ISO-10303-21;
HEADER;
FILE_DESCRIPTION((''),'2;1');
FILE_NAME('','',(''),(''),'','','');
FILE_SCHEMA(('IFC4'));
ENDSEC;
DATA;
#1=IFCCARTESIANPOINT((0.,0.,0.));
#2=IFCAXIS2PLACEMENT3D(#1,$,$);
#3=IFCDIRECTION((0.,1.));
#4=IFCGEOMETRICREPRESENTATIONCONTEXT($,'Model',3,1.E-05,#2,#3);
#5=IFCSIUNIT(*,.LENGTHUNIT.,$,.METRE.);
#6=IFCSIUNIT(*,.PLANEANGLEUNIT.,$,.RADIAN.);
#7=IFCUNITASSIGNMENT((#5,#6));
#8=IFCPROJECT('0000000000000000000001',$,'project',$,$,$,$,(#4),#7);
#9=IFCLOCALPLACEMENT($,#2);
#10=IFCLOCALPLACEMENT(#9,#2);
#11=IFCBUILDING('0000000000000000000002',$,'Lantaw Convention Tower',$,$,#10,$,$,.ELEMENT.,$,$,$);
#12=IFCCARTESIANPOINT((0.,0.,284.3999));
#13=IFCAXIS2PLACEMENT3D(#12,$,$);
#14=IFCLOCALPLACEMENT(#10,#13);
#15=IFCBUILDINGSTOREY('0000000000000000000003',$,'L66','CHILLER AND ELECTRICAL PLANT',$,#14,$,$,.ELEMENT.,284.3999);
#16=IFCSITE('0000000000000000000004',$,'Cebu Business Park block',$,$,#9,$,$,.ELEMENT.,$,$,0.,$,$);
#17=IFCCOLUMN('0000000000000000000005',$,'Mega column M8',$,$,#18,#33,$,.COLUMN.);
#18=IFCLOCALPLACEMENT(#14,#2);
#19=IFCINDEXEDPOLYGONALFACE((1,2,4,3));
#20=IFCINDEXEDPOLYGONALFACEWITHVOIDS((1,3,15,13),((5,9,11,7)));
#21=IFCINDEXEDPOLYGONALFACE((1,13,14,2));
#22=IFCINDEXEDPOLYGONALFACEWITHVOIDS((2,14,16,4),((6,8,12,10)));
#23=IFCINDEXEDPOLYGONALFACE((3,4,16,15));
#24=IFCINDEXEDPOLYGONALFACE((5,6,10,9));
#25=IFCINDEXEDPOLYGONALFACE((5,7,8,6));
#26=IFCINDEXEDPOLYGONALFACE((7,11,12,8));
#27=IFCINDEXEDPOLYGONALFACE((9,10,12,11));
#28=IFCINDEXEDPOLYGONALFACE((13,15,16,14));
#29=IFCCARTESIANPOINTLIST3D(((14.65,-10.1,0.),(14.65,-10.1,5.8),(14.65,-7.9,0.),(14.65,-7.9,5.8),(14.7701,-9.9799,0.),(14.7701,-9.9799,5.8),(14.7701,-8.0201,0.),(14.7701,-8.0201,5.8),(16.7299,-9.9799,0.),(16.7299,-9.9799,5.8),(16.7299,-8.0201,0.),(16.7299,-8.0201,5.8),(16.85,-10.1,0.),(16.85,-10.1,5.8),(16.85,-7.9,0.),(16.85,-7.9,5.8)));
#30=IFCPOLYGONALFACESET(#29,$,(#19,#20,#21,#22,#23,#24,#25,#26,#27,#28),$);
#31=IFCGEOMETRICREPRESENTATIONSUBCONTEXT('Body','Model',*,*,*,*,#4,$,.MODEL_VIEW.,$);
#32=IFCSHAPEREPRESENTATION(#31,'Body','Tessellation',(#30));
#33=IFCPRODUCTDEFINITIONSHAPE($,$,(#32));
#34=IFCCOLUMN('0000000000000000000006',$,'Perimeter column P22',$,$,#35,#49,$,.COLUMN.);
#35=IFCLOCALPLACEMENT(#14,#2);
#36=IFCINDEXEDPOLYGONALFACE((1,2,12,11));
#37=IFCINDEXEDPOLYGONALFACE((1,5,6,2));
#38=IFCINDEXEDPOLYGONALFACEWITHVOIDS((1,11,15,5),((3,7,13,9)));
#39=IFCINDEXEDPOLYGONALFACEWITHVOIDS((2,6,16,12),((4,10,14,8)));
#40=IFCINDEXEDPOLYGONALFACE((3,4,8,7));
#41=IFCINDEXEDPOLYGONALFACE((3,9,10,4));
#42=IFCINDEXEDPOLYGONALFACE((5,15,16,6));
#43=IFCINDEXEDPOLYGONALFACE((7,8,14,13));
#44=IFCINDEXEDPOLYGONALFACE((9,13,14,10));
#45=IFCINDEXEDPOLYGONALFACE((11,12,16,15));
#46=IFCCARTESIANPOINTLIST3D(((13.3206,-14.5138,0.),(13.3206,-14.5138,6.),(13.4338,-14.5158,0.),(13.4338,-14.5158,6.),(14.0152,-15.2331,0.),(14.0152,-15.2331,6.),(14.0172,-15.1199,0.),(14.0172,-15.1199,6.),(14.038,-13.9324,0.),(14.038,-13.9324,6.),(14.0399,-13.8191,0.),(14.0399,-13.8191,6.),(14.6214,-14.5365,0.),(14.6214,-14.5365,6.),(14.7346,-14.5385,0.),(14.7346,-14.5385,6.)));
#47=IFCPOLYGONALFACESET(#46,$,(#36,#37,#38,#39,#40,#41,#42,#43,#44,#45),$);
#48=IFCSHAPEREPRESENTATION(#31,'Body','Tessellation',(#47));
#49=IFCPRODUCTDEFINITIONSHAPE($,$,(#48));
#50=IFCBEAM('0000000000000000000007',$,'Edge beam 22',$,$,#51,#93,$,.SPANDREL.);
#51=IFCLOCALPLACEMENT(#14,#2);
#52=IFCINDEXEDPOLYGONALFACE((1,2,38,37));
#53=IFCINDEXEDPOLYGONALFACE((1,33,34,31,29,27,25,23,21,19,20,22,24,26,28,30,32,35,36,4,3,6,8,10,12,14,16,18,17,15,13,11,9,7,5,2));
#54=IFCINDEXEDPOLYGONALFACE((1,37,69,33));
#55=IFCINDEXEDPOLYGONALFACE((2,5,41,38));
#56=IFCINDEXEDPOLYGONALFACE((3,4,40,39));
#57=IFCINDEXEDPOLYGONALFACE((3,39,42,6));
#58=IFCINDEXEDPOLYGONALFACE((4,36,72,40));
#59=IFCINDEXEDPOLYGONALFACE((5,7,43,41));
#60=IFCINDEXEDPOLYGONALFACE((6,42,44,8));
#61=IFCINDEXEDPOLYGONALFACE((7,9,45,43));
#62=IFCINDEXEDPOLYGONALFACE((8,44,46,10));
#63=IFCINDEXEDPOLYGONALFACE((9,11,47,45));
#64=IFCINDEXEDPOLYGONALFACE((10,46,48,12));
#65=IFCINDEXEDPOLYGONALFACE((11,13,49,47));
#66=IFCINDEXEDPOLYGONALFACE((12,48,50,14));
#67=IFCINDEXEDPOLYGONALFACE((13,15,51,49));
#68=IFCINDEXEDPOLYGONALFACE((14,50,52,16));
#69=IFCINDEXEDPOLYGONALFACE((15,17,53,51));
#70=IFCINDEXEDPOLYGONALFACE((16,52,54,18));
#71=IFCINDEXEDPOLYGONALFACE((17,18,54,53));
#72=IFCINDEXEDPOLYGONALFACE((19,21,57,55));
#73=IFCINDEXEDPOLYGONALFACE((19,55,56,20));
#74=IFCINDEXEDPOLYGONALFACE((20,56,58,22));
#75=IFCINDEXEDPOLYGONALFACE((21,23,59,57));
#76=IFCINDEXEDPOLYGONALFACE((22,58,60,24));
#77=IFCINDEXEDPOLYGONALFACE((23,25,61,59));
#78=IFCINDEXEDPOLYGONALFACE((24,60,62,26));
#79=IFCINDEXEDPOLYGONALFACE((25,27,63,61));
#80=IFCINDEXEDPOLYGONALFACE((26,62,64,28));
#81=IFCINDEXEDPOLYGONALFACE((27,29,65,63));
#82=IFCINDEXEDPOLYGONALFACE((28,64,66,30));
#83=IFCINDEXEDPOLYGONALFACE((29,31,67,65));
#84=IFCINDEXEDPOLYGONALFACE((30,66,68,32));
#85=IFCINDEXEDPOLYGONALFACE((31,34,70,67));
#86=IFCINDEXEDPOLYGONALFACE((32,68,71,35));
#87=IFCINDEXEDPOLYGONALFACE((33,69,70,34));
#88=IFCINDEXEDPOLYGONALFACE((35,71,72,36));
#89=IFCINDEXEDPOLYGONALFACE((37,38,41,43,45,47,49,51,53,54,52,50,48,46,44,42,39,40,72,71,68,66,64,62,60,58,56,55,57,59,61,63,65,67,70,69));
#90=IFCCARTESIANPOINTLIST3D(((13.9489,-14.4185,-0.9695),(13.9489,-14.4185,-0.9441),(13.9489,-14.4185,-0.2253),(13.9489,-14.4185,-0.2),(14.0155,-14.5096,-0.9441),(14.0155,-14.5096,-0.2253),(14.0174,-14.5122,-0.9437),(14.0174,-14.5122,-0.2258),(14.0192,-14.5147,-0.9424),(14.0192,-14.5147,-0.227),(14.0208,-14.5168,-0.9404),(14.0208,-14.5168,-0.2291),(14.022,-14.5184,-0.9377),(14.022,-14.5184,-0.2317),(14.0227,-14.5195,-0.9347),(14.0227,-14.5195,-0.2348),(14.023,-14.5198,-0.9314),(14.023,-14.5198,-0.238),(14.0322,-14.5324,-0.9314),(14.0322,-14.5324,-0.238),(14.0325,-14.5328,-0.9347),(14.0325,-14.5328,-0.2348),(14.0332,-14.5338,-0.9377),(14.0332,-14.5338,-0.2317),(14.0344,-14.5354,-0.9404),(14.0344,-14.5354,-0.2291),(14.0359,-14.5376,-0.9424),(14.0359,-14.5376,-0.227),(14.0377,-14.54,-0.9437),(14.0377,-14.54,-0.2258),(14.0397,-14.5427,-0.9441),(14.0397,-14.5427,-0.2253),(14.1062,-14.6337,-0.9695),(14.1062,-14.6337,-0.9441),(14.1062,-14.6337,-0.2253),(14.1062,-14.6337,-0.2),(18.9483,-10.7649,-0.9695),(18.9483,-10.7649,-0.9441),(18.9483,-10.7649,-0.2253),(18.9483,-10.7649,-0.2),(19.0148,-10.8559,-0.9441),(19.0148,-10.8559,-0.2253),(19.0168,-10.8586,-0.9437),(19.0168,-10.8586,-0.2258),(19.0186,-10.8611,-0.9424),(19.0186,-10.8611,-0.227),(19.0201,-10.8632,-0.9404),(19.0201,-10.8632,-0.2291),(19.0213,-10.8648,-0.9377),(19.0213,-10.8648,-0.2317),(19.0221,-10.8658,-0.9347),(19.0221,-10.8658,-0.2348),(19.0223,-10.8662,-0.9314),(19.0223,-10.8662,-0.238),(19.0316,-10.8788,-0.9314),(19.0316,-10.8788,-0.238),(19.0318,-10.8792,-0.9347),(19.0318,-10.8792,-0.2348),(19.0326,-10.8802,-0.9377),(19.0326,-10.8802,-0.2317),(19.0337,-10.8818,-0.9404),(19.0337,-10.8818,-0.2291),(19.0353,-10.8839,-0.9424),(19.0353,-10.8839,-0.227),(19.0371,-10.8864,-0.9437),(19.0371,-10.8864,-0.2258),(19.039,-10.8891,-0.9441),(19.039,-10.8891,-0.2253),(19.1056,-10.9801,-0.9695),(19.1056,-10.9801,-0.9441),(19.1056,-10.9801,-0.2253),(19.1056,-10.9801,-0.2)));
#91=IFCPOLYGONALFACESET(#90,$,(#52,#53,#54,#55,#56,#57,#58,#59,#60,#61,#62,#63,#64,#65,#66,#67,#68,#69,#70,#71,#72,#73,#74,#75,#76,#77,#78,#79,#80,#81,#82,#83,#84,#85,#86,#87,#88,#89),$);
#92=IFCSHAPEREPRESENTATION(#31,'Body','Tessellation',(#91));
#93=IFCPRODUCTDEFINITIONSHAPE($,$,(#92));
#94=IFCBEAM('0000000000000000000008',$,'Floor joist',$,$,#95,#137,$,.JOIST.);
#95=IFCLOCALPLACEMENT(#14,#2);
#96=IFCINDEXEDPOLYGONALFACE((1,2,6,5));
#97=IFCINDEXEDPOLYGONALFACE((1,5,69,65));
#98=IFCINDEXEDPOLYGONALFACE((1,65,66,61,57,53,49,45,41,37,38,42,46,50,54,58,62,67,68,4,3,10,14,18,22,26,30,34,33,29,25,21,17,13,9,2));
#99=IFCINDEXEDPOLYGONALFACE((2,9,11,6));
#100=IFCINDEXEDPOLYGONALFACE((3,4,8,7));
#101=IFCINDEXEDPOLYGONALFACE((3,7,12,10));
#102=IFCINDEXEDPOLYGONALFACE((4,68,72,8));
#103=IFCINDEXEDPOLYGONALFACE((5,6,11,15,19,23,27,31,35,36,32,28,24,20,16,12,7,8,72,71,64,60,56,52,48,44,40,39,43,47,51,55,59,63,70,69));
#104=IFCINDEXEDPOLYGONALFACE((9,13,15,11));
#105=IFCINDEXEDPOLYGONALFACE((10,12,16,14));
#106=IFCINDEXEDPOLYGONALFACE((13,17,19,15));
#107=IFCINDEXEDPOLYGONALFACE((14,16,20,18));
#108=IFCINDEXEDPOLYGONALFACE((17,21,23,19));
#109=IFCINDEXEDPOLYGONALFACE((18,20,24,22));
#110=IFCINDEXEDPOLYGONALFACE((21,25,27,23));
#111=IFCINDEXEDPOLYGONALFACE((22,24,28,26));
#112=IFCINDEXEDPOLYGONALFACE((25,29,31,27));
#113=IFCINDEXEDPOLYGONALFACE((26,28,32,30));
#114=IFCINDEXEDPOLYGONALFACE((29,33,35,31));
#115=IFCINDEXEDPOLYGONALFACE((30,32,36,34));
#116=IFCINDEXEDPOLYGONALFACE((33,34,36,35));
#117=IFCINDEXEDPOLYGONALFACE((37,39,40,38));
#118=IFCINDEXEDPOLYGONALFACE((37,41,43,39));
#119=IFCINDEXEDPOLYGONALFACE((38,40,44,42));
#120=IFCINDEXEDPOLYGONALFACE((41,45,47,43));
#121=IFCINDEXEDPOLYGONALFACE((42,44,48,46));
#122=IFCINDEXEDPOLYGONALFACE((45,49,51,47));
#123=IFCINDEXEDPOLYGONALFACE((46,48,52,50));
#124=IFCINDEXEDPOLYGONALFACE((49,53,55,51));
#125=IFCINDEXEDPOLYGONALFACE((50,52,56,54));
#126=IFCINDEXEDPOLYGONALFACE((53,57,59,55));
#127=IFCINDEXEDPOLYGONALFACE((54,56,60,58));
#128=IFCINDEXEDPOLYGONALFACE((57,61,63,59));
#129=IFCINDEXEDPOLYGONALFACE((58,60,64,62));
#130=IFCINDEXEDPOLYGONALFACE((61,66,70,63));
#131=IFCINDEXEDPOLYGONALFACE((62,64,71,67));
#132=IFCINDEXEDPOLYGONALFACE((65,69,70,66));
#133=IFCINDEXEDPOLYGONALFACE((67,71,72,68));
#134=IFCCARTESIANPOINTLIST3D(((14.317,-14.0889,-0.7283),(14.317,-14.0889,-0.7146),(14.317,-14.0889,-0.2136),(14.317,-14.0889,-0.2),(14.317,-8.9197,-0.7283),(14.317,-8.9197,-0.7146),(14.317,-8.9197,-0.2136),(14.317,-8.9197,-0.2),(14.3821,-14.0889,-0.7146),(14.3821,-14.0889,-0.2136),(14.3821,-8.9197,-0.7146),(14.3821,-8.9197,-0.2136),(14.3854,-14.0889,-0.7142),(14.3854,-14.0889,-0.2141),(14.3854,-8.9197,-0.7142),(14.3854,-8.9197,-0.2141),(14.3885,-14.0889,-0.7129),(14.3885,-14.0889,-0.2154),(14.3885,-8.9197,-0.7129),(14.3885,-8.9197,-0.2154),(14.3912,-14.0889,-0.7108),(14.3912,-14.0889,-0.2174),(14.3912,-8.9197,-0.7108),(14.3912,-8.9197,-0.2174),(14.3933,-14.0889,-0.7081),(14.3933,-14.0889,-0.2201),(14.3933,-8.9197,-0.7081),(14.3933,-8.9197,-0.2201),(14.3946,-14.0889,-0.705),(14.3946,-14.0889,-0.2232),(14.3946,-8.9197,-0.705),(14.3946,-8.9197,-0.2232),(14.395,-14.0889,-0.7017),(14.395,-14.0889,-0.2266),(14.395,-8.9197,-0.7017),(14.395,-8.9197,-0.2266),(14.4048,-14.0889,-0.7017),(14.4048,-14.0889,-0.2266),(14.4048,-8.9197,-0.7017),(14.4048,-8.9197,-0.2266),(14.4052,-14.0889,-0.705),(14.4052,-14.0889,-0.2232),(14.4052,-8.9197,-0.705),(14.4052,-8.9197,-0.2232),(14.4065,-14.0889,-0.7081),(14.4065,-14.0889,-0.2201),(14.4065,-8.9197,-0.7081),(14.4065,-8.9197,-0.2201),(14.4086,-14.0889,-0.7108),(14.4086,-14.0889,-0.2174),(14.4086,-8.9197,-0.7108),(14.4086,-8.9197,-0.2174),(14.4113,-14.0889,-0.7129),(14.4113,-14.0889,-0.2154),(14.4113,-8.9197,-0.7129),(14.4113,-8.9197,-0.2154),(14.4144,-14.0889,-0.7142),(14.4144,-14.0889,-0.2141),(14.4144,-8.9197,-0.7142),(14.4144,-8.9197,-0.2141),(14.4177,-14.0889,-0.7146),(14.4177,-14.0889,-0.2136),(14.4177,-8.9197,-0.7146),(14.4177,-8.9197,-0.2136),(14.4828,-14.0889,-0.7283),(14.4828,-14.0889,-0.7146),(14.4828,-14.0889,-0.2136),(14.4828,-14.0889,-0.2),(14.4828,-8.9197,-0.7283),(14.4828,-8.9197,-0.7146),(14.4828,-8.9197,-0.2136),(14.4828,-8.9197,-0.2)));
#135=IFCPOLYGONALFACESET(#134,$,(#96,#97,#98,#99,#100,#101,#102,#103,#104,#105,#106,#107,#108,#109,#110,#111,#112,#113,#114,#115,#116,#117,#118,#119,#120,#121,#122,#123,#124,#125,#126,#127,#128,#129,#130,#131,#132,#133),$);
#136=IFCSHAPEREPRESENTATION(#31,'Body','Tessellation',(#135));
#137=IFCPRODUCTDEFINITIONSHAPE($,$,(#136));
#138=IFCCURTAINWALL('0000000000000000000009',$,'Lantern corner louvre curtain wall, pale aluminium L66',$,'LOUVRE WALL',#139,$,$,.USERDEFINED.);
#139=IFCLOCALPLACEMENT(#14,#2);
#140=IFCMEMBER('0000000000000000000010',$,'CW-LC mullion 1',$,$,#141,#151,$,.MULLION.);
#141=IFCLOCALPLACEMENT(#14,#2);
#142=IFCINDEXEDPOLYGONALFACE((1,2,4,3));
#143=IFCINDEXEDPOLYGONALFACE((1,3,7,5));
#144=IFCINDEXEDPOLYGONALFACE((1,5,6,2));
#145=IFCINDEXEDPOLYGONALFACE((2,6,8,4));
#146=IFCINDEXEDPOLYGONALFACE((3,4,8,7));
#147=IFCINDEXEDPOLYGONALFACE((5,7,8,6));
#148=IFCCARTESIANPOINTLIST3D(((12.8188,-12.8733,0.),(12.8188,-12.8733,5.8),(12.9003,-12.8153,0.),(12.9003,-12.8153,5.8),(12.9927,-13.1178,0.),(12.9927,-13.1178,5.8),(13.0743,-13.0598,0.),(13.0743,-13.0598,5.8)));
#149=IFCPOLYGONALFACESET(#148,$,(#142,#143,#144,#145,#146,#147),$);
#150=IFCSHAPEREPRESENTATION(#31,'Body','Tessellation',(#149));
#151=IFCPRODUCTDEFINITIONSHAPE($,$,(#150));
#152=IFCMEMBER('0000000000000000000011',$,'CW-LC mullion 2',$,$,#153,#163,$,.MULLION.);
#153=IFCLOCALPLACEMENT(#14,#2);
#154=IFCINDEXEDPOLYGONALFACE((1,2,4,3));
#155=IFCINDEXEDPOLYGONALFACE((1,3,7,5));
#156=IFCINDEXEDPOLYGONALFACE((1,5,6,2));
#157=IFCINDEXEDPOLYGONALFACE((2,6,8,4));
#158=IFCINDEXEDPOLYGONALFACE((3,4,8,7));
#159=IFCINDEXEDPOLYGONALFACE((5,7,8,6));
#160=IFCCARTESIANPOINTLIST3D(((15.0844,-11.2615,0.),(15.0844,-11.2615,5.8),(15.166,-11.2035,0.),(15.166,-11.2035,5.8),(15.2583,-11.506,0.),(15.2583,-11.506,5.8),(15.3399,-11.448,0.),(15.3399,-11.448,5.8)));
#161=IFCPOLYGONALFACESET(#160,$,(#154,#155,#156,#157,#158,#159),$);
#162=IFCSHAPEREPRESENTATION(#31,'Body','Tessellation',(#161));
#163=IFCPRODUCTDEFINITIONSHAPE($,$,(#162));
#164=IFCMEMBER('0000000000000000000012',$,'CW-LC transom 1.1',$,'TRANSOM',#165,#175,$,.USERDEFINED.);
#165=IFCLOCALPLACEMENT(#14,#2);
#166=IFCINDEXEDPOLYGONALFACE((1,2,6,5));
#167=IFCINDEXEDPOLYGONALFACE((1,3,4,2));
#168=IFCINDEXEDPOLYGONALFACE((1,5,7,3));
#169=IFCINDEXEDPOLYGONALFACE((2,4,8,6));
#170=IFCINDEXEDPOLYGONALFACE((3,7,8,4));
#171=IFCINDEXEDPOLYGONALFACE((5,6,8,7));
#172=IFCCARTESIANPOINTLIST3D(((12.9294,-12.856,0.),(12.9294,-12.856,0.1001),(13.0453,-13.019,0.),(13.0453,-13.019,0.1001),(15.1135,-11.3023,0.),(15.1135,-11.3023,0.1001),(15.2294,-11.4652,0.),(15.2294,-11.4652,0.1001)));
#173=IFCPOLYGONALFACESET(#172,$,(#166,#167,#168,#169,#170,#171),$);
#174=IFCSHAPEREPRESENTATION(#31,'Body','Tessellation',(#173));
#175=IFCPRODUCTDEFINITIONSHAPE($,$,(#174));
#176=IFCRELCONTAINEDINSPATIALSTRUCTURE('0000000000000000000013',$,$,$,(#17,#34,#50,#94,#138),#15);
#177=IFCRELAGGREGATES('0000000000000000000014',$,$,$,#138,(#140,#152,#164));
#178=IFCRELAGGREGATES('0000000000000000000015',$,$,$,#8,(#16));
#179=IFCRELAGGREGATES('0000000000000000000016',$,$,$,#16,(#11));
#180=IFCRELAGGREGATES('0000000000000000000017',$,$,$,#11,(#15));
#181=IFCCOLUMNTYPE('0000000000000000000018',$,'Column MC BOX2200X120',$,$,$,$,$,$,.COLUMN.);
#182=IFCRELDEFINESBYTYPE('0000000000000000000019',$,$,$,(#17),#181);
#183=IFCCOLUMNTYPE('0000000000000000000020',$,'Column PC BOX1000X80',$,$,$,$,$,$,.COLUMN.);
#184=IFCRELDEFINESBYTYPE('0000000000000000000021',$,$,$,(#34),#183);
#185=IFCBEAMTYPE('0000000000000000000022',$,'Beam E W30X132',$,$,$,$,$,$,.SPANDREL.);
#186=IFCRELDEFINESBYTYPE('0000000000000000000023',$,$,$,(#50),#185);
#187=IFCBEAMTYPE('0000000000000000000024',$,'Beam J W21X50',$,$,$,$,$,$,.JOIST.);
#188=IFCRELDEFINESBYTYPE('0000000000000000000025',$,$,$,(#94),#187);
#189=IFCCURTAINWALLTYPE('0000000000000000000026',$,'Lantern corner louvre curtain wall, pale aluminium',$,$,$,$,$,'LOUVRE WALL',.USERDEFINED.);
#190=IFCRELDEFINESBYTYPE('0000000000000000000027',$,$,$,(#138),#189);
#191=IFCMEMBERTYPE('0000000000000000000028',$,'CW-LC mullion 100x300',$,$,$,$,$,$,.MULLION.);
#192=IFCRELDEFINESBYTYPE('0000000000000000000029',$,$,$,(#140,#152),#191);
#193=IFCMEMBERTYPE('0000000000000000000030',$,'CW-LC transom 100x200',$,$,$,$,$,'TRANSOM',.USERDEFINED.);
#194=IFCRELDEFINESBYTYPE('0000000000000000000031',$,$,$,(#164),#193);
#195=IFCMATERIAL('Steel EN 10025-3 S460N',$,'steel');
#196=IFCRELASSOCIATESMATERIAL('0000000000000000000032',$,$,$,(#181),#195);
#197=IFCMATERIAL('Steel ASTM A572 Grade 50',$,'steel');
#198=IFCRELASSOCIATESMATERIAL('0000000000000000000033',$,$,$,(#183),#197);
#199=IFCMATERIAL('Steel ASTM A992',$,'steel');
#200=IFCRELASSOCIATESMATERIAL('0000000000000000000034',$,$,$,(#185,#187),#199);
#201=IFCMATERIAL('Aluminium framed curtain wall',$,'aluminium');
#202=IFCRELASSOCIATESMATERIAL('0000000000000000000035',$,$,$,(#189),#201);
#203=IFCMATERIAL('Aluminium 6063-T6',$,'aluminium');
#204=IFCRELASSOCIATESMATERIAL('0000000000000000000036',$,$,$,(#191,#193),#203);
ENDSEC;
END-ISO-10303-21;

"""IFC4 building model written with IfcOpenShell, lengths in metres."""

from ifc_helpers import new_model, si_unit, direction, frame, origin, origin_2d, place, context, subcontext, project, spatial, rectangle, hollow_rectangle, i_section, extrude, material, material_profile, profile_set, type_object, element, aggregate, save


model = new_model("IFC4")

# Units and contexts
model_context = context("Model", 3, precision=1e-05, world=origin(), true_north=direction((0.0, 1.0)))
body_context = subcontext(model_context, "Body", "Model", "MODEL_VIEW")
ifc_project = project(units=[si_unit("LENGTHUNIT", "METRE"), si_unit("PLANEANGLEUNIT", "RADIAN")], contexts=[model_context])

# Site, building, storey
site_placement = place(None, origin())
site = spatial("IfcSite", under=ifc_project, at=site_placement, Name="Cebu Business Park block", CompositionType="ELEMENT", RefElevation=0.0)
building_placement = place(site_placement, origin())
building = spatial("IfcBuilding", under=site, at=building_placement, Name="Lantaw Convention Tower", CompositionType="ELEMENT")
storey_placement = place(building_placement, frame((0.0, 0.0, 284.3999)))
storey = spatial("IfcBuildingStorey", under=building, at=storey_placement, Name="L66", Description="CHILLER AND ELECTRICAL PLANT", CompositionType="ELEMENT", Elevation=284.3999)

# Columns
ifc_material_1 = material(Name="Steel EN 10025-3 S460N", Category="steel")
ifc_material_profile_1 = material_profile(ifc_material_1, hollow_rectangle(XDim=2.2, YDim=2.2, WallThickness=0.1201, at=origin_2d()), Name="BOX2200X120")
ifc_material_2 = material(Name="Concrete C60/75", Category="concrete")
ifc_material_profile_2 = material_profile(ifc_material_2, rectangle(XDim=1.96, YDim=1.96, at=origin_2d()), Name="Concrete fill of BOX2200X120")
ifc_profile_set_1 = profile_set([ifc_material_profile_1, ifc_material_profile_2], Name="Steel EN 10025-3 S460N")
column_type_1 = type_object("IfcColumnType", Name="Column MC BOX2200X120", PredefinedType="COLUMN", material=ifc_profile_set_1)
column_1_placement = place(storey_placement, frame((15.75, -9.0, 0.0), z_axis=(0.0, 0.0, 1.0), x_axis=(1.0, 0.0, 0.0)))
element("IfcColumn", 1, at=column_1_placement, inside=storey, type_object=column_type_1, Name="Mega column M8", PredefinedType="COLUMN", context=body_context, shape_type="SweptSolid", body=[
    extrude(hollow_rectangle(XDim=2.2, YDim=2.2, WallThickness=0.1201, at=origin_2d()), origin(), (0.0, 0.0, 1.0), 5.8),
])
ifc_material_3 = material(Name="Steel ASTM A572 Grade 50", Category="steel")
ifc_material_profile_3 = material_profile(ifc_material_3, hollow_rectangle(XDim=1.0, YDim=1.0, WallThickness=0.0801, at=origin_2d()), Name="BOX1000X80")
ifc_material_profile_4 = material_profile(ifc_material_2, rectangle(XDim=0.8401, YDim=0.8401, at=origin_2d()), Name="Concrete fill of BOX1000X80")
ifc_profile_set_2 = profile_set([ifc_material_profile_3, ifc_material_profile_4], Name="Steel ASTM A572 Grade 50")
column_type_2 = type_object("IfcColumnType", Name="Column PC BOX1000X80", PredefinedType="COLUMN", material=ifc_profile_set_2)
column_2_placement = place(storey_placement, frame((14.0276, -14.5261, 0.0), z_axis=(0.0, 0.0, 1.0), x_axis=(0.71934, 0.694658, 0.0)))
element("IfcColumn", 2, at=column_2_placement, inside=storey, type_object=column_type_2, Name="Perimeter column P22", PredefinedType="COLUMN", context=body_context, shape_type="SweptSolid", body=[
    extrude(hollow_rectangle(XDim=1.0, YDim=1.0, WallThickness=0.0801, at=origin_2d()), origin(), (0.0, 0.0, 1.0), 6.0),
])

# Beams
ifc_material_4 = material(Name="Steel ASTM A992", Category="steel")
ifc_material_profile_5 = material_profile(ifc_material_4, i_section(OverallWidth=0.2666, OverallDepth=0.7695, WebThickness=0.0156, FlangeThickness=0.0254, FilletRadius=0.0127, at=origin_2d()), Name="W30X132")
ifc_profile_set_3 = profile_set([ifc_material_profile_5], Name="Steel ASTM A992")
beam_type_1 = type_object("IfcBeamType", Name="Beam E W30X132", PredefinedType="SPANDREL", material=ifc_profile_set_3)
beam_1_placement = place(storey_placement, frame((14.0276, -14.5261, -0.5847), z_axis=(0.807372, 0.590043, 0.0), x_axis=(-0.590043, 0.807372, 0.0)))
element("IfcBeam", 3, at=beam_1_placement, inside=storey, type_object=beam_type_1, Name="Edge beam 22", PredefinedType="SPANDREL", context=body_context, shape_type="SweptSolid", body=[
    extrude(i_section(OverallWidth=0.2666, OverallDepth=0.7695, WebThickness=0.0156, FlangeThickness=0.0254, FilletRadius=0.0127, at=origin_2d()), origin(), (0.0, 0.0, 1.0), 6.1921),
])
ifc_material_profile_6 = material_profile(ifc_material_4, i_section(OverallWidth=0.1658, OverallDepth=0.5283, WebThickness=0.0098, FlangeThickness=0.0137, FilletRadius=0.0129, at=origin_2d()), Name="W21X50")
ifc_profile_set_4 = profile_set([ifc_material_profile_6], Name="Steel ASTM A992")
beam_type_2 = type_object("IfcBeamType", Name="Beam J W21X50", PredefinedType="JOIST", material=ifc_profile_set_4)
beam_2_placement = place(storey_placement, frame((14.3999, -14.0889, -0.4641), z_axis=(0.0, 1.0, 0.0), x_axis=(-1.0, 0.0, 0.0)))
element("IfcBeam", 4, at=beam_2_placement, inside=storey, type_object=beam_type_2, Name="Floor joist", PredefinedType="JOIST", context=body_context, shape_type="SweptSolid", body=[
    extrude(i_section(OverallWidth=0.1658, OverallDepth=0.5283, WebThickness=0.0098, FlangeThickness=0.0137, FilletRadius=0.0129, at=origin_2d()), origin(), (0.0, 0.0, 1.0), 5.1692),
])

# Curtain wall, members
ifc_material_5 = material(Name="Aluminium framed curtain wall", Category="aluminium")
curtain_wall_type_1 = type_object("IfcCurtainWallType", Name="Lantern corner louvre curtain wall, pale aluminium", ElementType="LOUVRE WALL", PredefinedType="USERDEFINED", material=ifc_material_5)
curtain_wall_1_placement = place(storey_placement, origin())
curtain_wall_1 = element("IfcCurtainWall", 5, at=curtain_wall_1_placement, inside=storey, type_object=curtain_wall_type_1, Name="Lantern corner louvre curtain wall, pale aluminium L66", ObjectType="LOUVRE WALL", PredefinedType="USERDEFINED")
ifc_material_6 = material(Name="Aluminium 6063-T6", Category="aluminium")
ifc_material_profile_7 = material_profile(ifc_material_6, rectangle(XDim=0.3, YDim=0.1001, at=origin_2d()), Name="CW-LC mullion 100x300")
ifc_profile_set_5 = profile_set([ifc_material_profile_7], Name="Aluminium 6063-T6")
member_type_1 = type_object("IfcMemberType", Name="CW-LC mullion 100x300", PredefinedType="MULLION", material=ifc_profile_set_5)
member_1_placement = place(storey_placement, frame((12.9465, -12.9666, 0.0), z_axis=(0.0, 0.0, 1.0), x_axis=(-0.579684, 0.814841, 0.0)))
member_1 = element("IfcMember", 6, at=member_1_placement, type_object=member_type_1, Name="CW-LC mullion 1", PredefinedType="MULLION", context=body_context, shape_type="SweptSolid", body=[
    extrude(rectangle(XDim=0.3, YDim=0.1001, at=origin_2d()), origin(), (0.0, 0.0, 1.0), 5.8),
])
member_2_placement = place(storey_placement, frame((15.2122, -11.3547, 0.0), z_axis=(0.0, 0.0, 1.0), x_axis=(-0.579684, 0.814841, 0.0)))
member_2 = element("IfcMember", 7, at=member_2_placement, type_object=member_type_1, Name="CW-LC mullion 2", PredefinedType="MULLION", context=body_context, shape_type="SweptSolid", body=[
    extrude(rectangle(XDim=0.3, YDim=0.1001, at=origin_2d()), origin(), (0.0, 0.0, 1.0), 5.8),
])
ifc_material_profile_8 = material_profile(ifc_material_6, rectangle(XDim=0.2, YDim=0.1001, at=origin_2d()), Name="CW-LC transom 100x200")
ifc_profile_set_6 = profile_set([ifc_material_profile_8], Name="Aluminium 6063-T6")
member_type_2 = type_object("IfcMemberType", Name="CW-LC transom 100x200", ElementType="TRANSOM", PredefinedType="USERDEFINED", material=ifc_profile_set_6)
member_3_placement = place(storey_placement, frame((12.9873, -12.9375, 0.05), z_axis=(0.814852, 0.579669, 0.0), x_axis=(-0.579669, 0.814852, 0.0)))
member_3 = element("IfcMember", 8, at=member_3_placement, type_object=member_type_2, Name="CW-LC transom 1.1", ObjectType="TRANSOM", PredefinedType="USERDEFINED", context=body_context, shape_type="SweptSolid", body=[
    extrude(rectangle(XDim=0.2, YDim=0.1001, at=origin_2d()), origin(), (0.0, 0.0, 1.0), 2.6804),
])

aggregate(curtain_wall_1, [member_1, member_2, member_3])

save(model, "model.ifc")
